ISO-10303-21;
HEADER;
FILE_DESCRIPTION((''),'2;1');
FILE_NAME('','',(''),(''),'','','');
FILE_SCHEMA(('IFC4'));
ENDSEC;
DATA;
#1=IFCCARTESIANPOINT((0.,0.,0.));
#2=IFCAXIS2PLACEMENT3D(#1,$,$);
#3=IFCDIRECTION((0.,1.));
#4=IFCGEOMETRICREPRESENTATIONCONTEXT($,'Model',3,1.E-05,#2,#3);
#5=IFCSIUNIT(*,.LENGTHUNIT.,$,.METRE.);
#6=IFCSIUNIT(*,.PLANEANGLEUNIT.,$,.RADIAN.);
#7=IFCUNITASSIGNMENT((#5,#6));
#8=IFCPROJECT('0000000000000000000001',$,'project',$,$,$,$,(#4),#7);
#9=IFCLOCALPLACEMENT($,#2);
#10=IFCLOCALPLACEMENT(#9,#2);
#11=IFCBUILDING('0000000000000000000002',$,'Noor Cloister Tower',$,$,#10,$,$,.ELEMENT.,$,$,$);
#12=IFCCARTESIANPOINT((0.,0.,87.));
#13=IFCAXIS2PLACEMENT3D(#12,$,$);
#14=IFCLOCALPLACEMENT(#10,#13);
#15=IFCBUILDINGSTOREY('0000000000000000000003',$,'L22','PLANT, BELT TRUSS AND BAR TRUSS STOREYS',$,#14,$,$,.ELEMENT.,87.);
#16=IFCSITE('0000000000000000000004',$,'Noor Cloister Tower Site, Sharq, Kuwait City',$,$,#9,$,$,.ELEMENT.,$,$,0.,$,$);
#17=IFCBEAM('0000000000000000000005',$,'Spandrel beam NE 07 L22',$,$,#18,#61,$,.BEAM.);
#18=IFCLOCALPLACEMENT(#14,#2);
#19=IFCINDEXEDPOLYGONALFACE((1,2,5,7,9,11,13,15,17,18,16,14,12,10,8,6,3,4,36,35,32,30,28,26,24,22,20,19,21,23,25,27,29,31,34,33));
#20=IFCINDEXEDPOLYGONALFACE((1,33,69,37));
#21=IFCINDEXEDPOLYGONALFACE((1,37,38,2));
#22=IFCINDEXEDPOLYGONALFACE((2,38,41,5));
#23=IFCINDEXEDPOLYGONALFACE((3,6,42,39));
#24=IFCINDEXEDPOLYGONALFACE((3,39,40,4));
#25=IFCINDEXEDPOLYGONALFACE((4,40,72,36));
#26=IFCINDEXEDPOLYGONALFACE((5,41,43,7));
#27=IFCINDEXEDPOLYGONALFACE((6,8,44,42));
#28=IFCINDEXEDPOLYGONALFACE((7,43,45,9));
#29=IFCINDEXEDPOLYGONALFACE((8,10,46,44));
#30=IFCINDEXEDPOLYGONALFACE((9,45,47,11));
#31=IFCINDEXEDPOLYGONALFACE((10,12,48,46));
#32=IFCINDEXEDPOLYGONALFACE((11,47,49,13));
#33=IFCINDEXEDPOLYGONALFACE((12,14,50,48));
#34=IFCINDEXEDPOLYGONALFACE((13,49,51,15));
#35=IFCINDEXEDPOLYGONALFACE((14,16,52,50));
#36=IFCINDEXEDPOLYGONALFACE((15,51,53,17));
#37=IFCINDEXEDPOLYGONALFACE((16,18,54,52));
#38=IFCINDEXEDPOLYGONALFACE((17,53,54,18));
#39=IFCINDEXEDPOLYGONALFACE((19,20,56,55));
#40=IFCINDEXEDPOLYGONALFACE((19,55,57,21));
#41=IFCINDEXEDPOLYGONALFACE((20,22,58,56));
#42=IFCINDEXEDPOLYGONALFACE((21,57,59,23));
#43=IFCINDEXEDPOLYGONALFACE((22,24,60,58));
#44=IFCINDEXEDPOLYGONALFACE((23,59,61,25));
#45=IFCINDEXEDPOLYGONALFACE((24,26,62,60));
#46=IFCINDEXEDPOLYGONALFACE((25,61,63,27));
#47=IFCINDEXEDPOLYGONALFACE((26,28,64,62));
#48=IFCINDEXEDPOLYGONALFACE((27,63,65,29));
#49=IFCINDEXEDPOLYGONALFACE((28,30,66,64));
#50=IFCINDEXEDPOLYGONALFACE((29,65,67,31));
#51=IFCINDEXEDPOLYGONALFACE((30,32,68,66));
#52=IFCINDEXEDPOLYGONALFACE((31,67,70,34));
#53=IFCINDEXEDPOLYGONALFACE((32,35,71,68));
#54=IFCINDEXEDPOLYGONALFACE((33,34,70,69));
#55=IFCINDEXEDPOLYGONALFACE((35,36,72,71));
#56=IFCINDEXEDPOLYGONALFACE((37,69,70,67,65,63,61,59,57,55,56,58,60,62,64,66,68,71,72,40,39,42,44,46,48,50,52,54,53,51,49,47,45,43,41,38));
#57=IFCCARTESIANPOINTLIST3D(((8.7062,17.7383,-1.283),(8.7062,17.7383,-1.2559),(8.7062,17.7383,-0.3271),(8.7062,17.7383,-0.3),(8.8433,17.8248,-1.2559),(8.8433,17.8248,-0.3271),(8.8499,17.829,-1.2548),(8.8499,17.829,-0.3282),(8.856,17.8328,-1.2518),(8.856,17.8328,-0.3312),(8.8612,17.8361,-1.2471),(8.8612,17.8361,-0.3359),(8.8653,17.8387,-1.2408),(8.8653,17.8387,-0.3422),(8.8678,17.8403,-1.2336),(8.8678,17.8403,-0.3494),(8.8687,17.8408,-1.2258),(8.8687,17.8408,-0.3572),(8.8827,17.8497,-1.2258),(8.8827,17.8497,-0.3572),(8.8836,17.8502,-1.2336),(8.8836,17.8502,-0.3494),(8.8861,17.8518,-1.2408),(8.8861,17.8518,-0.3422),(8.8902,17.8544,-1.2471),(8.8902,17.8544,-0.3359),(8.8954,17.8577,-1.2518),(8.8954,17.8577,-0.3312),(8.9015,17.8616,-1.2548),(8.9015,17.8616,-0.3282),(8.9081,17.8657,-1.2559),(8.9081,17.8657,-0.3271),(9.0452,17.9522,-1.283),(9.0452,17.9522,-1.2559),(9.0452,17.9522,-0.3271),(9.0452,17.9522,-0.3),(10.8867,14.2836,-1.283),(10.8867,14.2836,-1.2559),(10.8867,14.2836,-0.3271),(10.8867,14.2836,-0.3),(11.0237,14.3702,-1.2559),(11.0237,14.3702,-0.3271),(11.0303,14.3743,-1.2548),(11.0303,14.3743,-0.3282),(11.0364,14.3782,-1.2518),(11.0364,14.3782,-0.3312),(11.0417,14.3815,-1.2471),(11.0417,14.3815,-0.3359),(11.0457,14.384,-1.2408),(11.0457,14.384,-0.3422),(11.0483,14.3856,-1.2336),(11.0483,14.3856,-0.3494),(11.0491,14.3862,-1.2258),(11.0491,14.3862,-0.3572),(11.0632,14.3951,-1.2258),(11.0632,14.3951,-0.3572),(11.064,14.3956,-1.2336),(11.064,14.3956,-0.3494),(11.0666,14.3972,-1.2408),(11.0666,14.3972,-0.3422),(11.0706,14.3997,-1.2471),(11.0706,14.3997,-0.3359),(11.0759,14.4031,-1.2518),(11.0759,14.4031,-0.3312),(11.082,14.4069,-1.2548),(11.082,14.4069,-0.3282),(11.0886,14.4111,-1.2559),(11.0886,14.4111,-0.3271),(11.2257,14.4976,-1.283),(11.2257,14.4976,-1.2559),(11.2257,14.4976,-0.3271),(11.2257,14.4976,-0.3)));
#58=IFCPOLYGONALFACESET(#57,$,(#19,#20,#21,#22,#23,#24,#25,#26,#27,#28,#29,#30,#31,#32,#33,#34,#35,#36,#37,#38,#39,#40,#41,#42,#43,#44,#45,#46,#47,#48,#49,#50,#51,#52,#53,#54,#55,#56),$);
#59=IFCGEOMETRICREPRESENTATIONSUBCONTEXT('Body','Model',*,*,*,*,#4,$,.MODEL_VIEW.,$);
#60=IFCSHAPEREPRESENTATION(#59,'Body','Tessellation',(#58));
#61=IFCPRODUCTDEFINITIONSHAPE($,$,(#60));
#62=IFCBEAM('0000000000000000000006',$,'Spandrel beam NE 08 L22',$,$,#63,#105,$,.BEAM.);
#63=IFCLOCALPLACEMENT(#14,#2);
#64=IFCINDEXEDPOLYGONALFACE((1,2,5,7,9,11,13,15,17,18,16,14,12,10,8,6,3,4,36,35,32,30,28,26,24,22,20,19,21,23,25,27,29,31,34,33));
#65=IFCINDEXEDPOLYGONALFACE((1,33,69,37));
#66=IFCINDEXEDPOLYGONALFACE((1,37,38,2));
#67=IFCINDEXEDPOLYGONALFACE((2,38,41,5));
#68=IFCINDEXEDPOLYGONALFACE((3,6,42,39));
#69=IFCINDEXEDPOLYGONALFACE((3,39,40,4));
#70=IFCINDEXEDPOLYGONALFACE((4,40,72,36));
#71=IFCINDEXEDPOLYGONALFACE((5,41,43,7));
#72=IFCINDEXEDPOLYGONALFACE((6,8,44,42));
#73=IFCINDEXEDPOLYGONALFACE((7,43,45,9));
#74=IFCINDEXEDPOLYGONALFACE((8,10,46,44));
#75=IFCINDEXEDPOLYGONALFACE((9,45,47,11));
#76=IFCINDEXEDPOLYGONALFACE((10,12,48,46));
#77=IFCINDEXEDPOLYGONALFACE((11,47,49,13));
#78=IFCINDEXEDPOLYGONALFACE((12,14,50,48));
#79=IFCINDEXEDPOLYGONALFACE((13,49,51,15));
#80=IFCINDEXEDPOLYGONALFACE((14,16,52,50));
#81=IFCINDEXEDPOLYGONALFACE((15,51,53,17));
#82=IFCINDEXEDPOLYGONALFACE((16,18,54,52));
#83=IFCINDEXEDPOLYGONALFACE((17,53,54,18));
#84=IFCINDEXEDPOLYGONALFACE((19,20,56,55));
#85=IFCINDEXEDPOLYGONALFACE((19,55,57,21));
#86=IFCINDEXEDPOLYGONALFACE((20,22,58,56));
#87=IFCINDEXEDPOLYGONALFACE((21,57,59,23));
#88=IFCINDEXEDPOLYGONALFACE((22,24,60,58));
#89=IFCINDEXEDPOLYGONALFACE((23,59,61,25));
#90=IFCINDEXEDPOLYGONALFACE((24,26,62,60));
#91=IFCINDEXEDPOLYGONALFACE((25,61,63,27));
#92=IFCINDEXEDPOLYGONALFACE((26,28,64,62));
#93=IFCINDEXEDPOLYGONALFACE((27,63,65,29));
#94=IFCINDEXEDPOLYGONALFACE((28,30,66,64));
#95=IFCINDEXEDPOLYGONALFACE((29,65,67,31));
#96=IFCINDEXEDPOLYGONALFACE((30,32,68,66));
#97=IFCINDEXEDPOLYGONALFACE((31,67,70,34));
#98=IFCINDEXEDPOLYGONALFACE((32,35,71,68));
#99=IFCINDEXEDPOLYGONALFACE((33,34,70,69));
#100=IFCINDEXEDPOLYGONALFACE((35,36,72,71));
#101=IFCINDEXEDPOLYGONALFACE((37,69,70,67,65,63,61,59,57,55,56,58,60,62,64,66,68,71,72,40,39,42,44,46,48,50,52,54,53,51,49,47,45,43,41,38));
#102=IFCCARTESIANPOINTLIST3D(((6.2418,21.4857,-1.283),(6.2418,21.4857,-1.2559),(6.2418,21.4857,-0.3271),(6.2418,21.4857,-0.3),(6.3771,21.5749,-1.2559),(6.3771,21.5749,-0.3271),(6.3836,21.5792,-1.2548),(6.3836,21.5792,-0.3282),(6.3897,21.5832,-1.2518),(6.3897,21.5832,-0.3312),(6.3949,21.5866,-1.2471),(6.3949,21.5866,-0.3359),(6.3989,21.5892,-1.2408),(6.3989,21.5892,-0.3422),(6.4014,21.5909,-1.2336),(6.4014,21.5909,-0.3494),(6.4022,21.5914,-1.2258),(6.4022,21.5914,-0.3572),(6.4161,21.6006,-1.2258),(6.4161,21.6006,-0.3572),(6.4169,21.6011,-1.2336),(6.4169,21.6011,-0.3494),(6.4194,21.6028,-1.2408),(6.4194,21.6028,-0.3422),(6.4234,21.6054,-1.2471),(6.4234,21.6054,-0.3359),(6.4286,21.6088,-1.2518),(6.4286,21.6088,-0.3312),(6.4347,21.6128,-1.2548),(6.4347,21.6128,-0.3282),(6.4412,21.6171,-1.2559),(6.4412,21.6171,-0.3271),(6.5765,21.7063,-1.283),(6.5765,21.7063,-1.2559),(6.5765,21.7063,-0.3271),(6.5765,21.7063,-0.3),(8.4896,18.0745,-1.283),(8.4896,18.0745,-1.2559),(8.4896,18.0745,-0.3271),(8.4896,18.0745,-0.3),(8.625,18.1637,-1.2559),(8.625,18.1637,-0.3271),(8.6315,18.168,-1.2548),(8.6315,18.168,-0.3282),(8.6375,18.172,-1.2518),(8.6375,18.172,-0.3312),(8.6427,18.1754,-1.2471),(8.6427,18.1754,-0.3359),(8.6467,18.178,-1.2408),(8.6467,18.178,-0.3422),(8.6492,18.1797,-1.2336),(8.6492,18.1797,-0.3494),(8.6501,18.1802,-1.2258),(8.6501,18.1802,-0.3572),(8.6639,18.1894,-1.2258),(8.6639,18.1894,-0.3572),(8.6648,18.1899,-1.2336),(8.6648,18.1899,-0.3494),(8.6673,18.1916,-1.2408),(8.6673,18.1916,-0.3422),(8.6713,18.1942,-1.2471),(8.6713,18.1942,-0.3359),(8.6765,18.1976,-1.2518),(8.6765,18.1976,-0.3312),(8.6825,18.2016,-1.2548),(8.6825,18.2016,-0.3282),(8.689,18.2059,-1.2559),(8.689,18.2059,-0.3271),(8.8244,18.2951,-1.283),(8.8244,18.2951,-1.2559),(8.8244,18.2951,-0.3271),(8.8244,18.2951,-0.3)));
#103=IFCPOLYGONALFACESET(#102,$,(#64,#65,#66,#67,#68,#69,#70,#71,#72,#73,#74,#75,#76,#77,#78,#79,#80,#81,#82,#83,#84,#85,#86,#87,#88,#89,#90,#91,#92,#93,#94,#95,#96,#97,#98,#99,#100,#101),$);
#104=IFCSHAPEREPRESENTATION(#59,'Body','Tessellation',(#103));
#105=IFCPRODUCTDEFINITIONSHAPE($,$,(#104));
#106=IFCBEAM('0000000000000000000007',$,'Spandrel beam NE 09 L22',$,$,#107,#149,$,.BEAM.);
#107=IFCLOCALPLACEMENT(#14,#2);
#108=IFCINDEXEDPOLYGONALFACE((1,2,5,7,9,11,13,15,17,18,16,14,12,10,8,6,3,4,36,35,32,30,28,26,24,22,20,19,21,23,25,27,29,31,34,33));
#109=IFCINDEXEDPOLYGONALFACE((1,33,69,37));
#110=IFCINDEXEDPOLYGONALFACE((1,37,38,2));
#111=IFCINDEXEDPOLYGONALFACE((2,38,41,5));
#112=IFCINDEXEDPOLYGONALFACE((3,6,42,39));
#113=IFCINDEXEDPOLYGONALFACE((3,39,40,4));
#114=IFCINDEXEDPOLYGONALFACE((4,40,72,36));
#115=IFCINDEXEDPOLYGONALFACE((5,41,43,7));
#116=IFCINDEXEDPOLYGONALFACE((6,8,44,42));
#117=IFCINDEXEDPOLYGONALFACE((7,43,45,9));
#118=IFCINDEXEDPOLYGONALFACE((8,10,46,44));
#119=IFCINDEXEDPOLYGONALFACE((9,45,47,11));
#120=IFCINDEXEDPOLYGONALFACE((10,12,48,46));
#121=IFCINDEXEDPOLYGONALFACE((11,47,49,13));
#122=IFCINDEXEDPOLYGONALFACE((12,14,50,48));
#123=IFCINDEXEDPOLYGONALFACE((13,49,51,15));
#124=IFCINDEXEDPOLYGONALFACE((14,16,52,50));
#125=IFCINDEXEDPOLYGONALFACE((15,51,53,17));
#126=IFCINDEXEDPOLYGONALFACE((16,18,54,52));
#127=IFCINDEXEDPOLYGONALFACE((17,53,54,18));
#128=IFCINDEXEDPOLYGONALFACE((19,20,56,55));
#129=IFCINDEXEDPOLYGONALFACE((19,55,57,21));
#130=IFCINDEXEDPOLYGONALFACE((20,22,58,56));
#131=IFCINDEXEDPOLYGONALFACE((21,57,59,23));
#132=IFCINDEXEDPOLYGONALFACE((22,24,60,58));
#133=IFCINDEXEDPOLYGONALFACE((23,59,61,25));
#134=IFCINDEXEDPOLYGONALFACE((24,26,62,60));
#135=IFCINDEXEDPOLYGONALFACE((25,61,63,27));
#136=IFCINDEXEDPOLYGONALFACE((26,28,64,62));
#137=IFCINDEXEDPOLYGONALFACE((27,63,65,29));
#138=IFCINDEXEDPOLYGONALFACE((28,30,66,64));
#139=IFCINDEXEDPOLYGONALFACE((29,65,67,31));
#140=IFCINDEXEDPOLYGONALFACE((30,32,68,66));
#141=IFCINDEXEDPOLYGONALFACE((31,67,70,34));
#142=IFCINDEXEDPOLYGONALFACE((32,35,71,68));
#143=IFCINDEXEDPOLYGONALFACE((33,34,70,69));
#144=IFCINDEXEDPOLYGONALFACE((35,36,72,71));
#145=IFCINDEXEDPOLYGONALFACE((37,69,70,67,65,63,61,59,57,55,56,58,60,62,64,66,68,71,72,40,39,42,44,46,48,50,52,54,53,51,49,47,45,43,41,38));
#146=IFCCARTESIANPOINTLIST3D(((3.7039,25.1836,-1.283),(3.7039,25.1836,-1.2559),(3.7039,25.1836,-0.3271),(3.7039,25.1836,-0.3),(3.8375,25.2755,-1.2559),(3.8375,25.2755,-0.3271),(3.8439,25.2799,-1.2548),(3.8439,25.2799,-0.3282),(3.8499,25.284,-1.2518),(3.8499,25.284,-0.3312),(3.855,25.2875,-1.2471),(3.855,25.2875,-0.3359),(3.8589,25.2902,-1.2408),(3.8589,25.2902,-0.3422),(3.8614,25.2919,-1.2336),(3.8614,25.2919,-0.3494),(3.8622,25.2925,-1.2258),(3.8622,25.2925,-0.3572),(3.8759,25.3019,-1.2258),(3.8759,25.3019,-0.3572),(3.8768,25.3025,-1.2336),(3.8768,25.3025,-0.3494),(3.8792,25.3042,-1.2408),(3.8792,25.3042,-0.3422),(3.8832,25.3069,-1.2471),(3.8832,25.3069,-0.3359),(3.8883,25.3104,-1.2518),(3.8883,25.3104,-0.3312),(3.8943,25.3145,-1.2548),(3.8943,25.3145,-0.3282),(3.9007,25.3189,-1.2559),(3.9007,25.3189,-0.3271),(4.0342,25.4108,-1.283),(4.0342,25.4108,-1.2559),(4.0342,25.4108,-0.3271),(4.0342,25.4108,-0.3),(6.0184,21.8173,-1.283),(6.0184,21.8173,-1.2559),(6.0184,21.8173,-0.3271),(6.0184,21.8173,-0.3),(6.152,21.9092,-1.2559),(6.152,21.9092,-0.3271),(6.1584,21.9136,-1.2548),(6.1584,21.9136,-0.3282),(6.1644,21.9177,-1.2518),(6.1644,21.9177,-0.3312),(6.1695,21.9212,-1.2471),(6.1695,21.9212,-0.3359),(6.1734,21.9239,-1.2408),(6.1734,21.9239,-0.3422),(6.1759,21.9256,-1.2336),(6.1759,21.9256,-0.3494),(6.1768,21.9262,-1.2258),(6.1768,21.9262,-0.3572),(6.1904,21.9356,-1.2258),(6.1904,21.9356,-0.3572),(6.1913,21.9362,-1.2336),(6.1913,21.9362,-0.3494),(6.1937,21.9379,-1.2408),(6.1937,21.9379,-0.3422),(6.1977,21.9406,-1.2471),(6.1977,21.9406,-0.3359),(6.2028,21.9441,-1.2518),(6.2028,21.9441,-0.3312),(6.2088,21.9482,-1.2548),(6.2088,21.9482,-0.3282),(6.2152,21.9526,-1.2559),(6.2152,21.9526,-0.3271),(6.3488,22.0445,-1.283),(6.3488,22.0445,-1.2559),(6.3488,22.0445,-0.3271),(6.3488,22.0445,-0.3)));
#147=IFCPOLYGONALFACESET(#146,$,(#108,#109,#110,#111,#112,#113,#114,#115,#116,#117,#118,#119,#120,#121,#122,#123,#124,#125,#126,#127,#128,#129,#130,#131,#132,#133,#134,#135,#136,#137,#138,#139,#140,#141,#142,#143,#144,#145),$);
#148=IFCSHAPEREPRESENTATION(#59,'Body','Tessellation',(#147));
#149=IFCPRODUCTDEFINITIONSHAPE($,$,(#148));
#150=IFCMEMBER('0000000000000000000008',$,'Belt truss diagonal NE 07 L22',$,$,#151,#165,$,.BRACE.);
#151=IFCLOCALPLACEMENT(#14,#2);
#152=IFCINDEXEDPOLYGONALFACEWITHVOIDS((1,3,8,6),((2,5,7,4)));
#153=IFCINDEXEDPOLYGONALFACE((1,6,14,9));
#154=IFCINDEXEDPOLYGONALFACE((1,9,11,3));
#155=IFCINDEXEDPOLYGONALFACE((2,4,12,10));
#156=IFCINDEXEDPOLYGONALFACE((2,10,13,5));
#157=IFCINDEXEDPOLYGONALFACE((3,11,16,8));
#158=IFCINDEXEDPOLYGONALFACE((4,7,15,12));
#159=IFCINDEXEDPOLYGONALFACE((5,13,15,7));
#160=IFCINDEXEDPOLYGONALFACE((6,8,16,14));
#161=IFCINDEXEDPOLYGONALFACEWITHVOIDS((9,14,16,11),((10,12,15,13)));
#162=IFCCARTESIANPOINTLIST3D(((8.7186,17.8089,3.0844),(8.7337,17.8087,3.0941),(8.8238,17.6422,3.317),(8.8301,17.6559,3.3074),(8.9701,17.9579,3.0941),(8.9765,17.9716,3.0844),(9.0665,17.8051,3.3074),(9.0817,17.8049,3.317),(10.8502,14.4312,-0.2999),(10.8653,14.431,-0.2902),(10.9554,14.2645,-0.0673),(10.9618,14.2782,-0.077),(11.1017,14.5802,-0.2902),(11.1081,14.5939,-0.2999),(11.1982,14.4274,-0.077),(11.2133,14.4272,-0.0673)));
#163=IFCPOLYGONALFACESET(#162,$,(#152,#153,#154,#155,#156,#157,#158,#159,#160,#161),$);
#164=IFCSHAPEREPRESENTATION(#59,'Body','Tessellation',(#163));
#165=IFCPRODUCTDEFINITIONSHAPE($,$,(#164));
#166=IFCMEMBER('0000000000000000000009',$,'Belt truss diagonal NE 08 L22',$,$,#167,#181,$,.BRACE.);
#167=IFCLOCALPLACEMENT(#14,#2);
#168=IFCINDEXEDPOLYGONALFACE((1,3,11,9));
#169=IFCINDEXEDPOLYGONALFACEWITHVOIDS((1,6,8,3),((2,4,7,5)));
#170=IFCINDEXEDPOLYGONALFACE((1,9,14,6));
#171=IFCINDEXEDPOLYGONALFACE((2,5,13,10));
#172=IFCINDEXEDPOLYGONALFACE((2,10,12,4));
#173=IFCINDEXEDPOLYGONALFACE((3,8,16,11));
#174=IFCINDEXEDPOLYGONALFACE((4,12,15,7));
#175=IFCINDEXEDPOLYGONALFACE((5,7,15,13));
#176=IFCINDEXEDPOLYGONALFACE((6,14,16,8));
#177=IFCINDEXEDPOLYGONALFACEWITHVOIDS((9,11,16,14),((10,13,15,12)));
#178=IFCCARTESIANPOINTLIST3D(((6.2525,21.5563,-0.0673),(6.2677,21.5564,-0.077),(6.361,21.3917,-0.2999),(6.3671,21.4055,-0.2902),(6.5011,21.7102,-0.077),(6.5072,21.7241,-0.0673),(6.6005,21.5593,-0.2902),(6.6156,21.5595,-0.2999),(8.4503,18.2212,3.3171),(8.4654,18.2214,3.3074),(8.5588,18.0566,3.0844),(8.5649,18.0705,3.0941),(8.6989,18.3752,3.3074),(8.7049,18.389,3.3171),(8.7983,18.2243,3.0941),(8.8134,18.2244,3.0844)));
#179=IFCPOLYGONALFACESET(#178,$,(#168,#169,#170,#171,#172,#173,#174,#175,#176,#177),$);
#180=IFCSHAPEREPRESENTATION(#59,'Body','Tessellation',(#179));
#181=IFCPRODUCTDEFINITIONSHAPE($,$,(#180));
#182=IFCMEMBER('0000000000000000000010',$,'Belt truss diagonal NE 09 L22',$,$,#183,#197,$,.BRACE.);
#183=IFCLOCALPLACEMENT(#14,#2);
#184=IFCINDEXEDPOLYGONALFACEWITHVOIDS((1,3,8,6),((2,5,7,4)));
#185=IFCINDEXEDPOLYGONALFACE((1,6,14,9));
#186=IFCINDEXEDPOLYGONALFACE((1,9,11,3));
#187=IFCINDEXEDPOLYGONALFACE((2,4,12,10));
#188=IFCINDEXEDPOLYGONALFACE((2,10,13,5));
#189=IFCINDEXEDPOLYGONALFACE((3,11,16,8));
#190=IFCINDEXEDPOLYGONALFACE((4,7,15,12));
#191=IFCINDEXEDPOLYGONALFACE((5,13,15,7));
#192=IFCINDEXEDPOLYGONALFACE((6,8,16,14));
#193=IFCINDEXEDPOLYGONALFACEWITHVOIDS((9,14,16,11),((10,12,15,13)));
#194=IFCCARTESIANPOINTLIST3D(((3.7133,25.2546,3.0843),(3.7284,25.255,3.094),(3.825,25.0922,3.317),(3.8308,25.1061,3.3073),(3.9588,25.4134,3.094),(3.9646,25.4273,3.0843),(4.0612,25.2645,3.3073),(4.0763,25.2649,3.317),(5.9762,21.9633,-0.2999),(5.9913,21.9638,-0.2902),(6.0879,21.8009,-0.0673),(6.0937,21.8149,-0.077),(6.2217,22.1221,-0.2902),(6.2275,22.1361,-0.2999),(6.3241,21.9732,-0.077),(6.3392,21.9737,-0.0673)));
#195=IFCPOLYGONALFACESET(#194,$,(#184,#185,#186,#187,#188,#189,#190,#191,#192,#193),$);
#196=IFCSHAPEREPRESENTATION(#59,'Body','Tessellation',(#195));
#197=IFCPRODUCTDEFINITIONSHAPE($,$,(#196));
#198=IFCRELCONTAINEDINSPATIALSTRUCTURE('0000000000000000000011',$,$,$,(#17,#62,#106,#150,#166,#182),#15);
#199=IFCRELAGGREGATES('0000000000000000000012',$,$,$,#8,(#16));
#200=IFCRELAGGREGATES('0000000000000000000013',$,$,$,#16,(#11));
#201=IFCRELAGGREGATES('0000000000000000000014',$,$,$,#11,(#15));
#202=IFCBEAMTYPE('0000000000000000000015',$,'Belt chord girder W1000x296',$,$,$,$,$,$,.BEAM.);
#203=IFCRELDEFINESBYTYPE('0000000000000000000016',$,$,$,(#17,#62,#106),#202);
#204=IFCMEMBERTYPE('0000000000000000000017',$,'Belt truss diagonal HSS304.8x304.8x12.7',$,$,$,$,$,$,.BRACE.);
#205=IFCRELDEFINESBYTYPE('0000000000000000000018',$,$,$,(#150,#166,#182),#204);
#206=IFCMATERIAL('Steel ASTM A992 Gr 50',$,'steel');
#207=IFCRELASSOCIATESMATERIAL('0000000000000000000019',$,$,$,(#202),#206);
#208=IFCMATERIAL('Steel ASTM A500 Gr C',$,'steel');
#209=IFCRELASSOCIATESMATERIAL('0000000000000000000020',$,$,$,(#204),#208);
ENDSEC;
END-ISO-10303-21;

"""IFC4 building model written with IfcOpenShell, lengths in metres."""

from ifc_helpers import new_model, si_unit, direction, frame, origin, origin_2d, place, context, subcontext, project, spatial, hollow_rectangle, i_section, extrude, material, material_profile, profile_set, type_object, element, save


model = new_model("IFC4")

# Units and contexts
model_context = context("Model", 3, precision=1e-05, world=origin(), true_north=direction((0.0, 1.0)))
body_context = subcontext(model_context, "Body", "Model", "MODEL_VIEW")
ifc_project = project(units=[si_unit("LENGTHUNIT", "METRE"), si_unit("PLANEANGLEUNIT", "RADIAN")], contexts=[model_context])

# Site, building, storey
site_placement = place(None, origin())
site = spatial("IfcSite", under=ifc_project, at=site_placement, Name="Noor Cloister Tower Site, Sharq, Kuwait City", CompositionType="ELEMENT", RefElevation=0.0)
building_placement = place(site_placement, origin())
building = spatial("IfcBuilding", under=site, at=building_placement, Name="Noor Cloister Tower", CompositionType="ELEMENT")
storey_placement = place(building_placement, frame((0.0, 0.0, 87.0)))
storey = spatial("IfcBuildingStorey", under=building, at=storey_placement, Name="L22", Description="PLANT, BELT TRUSS AND BAR TRUSS STOREYS", CompositionType="ELEMENT", Elevation=87.0)

# Beams
ifc_material_1 = material(Name="Steel ASTM A992 Gr 50", Category="steel")
ifc_material_profile_1 = material_profile(ifc_material_1, i_section(OverallWidth=0.4009, OverallDepth=0.9829, WebThickness=0.0166, FlangeThickness=0.0271, FilletRadius=0.03, at=origin_2d()), Name="W1000x296")
ifc_profile_set_1 = profile_set([ifc_material_profile_1], Name="Steel ASTM A992 Gr 50")
beam_type_1 = type_object("IfcBeamType", Name="Belt chord girder W1000x296", PredefinedType="BEAM", material=ifc_profile_set_1)
for number, where, z_axis, x_axis, name in (
    (1, (11.0562, 14.3906, -0.7915), (-0.533743, 0.845646, 0.0), (-0.845646, -0.533743, 0.0), "Spandrel beam NE 07 L22"),
    (2, (8.657, 18.1848, -0.7915), (-0.550238, 0.835008, 0.0), (-0.835008, -0.550238, 0.0), "Spandrel beam NE 08 L22"),
    (3, (6.1836, 21.9309, -0.7915), (-0.566559, 0.824021, 0.0), (-0.824021, -0.566559, 0.0), "Spandrel beam NE 09 L22"),
):
    element("IfcBeam", number, at=place(storey_placement, frame(where, z_axis=z_axis, x_axis=x_axis)), inside=storey, type_object=beam_type_1, Name=name, PredefinedType="BEAM", context=body_context, shape_type="SweptSolid", body=[
        extrude(i_section(OverallWidth=0.4009, OverallDepth=0.9829, WebThickness=0.0166, FlangeThickness=0.0271, FilletRadius=0.03, at=origin_2d()), origin(), (0.0, 0.0, 1.0), 4.0852),
    ])

# Members
ifc_material_2 = material(Name="Steel ASTM A500 Gr C", Category="steel")
ifc_material_profile_2 = material_profile(ifc_material_2, hollow_rectangle(XDim=0.3049, YDim=0.3049, WallThickness=0.0127, at=origin_2d()), Name="HSS304.8x304.8x12.7")
ifc_profile_set_2 = profile_set([ifc_material_profile_2], Name="Steel ASTM A500 Gr C")
member_type_1 = type_object("IfcMemberType", Name="Belt truss diagonal HSS304.8x304.8x12.7", PredefinedType="BRACE", material=ifc_profile_set_2)
for number, where, z_axis, x_axis, name in (
    (4, (11.0317, 14.4292, -0.1836), (-0.407177, 0.645206, 0.646465), (-0.845679, -0.533692, 0.0), "Belt truss diagonal NE 07 L22"),
    (5, (6.4341, 21.5579, -0.1836), (0.419818, -0.637049, 0.646469), (0.834991, 0.550263, 0.0), "Belt truss diagonal NE 08 L22"),
    (6, (6.1577, 21.9685, -0.1836), (-0.43226, 0.628687, 0.646455), (-0.824019, -0.566563, 0.0), "Belt truss diagonal NE 09 L22"),
):
    element("IfcMember", number, at=place(storey_placement, frame(where, z_axis=z_axis, x_axis=x_axis)), inside=storey, type_object=member_type_1, Name=name, PredefinedType="BRACE", context=body_context, shape_type="SweptSolid", body=[
        extrude(hollow_rectangle(XDim=0.3049, YDim=0.3049, WallThickness=0.0127, at=origin_2d()), origin(), (0.0, 0.0, 1.0), 5.2351),
    ])

save(model, "model.ifc")
